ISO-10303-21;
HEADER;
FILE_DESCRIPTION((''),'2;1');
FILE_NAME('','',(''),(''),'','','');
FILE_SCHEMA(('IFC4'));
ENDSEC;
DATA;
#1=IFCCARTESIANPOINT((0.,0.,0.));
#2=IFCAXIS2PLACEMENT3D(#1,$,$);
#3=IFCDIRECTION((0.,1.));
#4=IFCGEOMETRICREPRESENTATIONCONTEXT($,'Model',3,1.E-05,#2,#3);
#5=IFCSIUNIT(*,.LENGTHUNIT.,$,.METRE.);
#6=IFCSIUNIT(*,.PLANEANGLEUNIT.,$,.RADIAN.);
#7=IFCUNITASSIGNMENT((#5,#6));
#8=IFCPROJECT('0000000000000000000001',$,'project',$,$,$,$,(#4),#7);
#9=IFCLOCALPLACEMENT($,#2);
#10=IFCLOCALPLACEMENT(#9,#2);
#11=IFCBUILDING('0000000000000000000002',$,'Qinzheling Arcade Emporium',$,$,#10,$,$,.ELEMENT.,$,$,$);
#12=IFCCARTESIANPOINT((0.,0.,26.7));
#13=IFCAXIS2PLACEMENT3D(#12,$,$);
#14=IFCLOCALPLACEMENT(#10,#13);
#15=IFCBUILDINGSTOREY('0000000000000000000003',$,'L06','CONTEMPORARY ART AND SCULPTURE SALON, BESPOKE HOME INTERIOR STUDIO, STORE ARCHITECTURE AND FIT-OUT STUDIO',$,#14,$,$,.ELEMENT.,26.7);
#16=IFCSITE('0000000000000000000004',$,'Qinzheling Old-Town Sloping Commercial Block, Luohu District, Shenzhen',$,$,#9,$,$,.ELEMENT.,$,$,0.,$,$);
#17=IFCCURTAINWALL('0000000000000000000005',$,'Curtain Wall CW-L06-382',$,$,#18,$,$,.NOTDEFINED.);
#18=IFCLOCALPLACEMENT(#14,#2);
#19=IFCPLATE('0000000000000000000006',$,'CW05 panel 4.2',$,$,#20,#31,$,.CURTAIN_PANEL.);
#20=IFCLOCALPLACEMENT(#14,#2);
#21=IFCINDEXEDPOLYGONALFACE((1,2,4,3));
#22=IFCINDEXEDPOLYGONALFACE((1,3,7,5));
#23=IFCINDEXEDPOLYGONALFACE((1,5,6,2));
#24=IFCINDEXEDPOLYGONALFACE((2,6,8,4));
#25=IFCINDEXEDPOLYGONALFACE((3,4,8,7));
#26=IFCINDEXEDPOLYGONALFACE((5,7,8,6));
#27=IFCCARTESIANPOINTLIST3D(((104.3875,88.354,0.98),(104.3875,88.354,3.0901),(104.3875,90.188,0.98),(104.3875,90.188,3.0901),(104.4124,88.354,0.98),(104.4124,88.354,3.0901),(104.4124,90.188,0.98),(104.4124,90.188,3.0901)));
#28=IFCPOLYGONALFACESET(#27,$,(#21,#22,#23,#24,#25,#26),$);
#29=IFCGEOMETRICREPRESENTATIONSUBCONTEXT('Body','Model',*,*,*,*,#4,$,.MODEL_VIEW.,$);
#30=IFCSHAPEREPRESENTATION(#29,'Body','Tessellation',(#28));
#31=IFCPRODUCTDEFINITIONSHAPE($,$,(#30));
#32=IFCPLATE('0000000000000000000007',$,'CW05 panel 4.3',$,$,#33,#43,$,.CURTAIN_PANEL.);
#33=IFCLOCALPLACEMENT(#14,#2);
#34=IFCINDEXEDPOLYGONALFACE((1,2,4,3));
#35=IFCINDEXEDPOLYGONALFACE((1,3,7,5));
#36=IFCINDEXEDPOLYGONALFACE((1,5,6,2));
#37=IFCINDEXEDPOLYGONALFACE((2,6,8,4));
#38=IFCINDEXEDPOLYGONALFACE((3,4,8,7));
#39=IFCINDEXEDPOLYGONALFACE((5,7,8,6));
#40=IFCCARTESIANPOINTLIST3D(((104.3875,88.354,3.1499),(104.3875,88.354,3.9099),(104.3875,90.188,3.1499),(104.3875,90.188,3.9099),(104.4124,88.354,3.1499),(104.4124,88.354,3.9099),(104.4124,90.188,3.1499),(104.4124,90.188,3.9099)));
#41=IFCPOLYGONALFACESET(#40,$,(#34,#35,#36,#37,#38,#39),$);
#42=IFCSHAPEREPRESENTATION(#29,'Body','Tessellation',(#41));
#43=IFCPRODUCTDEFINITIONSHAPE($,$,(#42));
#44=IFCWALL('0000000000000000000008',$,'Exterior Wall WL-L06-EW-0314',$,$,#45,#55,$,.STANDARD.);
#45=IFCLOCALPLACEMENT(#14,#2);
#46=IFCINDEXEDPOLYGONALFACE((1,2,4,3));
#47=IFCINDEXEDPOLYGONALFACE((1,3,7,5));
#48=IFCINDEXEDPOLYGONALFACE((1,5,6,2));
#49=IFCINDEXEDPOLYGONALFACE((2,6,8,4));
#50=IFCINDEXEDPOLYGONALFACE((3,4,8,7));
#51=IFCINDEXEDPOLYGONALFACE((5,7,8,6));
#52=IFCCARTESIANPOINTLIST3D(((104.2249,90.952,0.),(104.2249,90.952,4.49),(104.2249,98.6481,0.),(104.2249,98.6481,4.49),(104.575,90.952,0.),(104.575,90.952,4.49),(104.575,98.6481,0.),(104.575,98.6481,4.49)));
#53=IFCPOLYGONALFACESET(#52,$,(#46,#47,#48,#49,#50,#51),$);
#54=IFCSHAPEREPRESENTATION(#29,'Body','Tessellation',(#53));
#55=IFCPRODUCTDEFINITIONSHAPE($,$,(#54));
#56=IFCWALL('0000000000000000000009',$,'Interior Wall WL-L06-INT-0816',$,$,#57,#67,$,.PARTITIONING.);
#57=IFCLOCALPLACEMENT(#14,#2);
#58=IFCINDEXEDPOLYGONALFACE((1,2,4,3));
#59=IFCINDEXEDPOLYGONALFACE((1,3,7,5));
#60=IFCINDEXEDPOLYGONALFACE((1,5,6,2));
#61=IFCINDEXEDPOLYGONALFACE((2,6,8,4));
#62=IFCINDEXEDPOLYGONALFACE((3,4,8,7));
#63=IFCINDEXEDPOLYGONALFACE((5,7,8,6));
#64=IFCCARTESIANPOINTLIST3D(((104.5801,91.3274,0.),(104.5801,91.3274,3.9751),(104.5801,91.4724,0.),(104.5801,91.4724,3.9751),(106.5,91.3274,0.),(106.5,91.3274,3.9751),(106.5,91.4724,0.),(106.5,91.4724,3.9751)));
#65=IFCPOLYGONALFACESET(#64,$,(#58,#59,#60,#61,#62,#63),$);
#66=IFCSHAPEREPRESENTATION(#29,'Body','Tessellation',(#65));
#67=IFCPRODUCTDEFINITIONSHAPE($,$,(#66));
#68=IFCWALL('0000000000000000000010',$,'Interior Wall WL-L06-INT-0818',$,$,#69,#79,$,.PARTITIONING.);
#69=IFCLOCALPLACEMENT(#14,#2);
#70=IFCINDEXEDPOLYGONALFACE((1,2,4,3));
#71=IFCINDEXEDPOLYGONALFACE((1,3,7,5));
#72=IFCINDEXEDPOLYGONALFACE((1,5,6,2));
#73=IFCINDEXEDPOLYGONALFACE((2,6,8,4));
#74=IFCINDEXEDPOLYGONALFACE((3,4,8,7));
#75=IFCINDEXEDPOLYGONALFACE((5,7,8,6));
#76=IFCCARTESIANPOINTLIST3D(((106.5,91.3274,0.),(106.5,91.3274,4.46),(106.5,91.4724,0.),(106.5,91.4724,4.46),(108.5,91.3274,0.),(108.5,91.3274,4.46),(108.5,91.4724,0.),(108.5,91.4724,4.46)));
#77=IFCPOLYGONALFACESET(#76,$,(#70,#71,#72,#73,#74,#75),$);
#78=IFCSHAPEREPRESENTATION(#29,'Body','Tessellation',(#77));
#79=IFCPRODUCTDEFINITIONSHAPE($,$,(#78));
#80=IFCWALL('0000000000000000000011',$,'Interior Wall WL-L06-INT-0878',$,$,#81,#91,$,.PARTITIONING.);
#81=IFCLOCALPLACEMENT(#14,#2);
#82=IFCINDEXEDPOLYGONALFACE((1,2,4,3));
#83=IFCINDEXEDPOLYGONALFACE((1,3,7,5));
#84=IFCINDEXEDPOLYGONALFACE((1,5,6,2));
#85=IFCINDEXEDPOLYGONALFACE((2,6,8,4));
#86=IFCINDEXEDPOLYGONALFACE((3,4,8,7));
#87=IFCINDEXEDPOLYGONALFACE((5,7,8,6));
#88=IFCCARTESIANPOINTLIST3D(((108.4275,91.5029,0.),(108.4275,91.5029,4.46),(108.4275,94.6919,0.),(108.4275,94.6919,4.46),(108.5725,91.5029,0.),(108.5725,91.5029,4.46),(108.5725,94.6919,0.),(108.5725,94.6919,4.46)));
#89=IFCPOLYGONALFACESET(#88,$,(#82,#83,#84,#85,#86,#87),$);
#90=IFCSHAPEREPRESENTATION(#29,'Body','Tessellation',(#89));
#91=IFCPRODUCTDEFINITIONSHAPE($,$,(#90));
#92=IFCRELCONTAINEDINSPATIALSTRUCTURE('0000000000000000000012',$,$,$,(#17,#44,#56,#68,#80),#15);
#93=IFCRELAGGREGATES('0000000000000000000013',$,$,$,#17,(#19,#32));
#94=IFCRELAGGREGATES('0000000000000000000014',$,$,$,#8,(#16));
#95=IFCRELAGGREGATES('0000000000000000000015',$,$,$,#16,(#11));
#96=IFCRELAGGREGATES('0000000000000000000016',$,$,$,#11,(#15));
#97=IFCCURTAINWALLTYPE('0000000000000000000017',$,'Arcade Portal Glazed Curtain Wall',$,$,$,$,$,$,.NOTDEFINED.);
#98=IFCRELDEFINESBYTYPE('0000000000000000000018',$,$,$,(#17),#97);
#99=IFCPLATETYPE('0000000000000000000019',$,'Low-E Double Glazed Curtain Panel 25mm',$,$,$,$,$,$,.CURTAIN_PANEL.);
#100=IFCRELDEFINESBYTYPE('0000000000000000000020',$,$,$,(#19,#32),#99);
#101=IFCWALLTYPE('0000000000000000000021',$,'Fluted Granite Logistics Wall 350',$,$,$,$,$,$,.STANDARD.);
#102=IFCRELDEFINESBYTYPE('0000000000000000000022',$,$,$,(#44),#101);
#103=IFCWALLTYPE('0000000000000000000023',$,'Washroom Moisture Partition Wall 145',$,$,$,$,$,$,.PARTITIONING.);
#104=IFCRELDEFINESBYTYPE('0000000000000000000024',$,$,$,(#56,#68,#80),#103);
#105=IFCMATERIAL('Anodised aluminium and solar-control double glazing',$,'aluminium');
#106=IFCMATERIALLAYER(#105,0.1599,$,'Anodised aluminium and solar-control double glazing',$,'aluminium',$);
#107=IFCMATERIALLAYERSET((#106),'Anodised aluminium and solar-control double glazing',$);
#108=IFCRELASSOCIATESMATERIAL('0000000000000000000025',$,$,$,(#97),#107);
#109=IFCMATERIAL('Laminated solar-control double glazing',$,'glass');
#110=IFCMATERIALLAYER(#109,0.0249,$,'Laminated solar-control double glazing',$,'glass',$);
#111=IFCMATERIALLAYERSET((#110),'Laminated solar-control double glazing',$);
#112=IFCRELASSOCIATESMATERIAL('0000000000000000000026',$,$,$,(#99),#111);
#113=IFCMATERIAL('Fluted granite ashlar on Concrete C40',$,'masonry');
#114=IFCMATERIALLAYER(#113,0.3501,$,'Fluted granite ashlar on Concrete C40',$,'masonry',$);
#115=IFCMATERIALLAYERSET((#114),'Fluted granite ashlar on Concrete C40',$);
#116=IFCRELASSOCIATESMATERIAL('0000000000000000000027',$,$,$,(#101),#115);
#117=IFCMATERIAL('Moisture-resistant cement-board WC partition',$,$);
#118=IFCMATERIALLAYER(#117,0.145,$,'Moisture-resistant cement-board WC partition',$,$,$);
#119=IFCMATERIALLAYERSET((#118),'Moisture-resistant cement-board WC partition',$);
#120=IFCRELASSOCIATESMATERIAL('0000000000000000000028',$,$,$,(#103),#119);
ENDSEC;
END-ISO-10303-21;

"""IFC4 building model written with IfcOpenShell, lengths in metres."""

from ifc_helpers import new_model, si_unit, direction, frame, frame_2d, origin, origin_2d, place, context, subcontext, project, spatial, rectangle, extrude, material, layer, layer_set, type_object, element, aggregate, save


model = new_model("IFC4")

# Units and contexts
model_context = context("Model", 3, precision=1e-05, world=origin(), true_north=direction((0.0, 1.0)))
body_context = subcontext(model_context, "Body", "Model", "MODEL_VIEW")
ifc_project = project(units=[si_unit("LENGTHUNIT", "METRE"), si_unit("PLANEANGLEUNIT", "RADIAN")], contexts=[model_context])

# Site, building, storey
site_placement = place(None, origin())
site = spatial("IfcSite", under=ifc_project, at=site_placement, Name="Qinzheling Old-Town Sloping Commercial Block, Luohu District, Shenzhen", CompositionType="ELEMENT", RefElevation=0.0)
building_placement = place(site_placement, origin())
building = spatial("IfcBuilding", under=site, at=building_placement, Name="Qinzheling Arcade Emporium", CompositionType="ELEMENT")
storey_placement = place(building_placement, frame((0.0, 0.0, 26.7)))
storey = spatial("IfcBuildingStorey", under=building, at=storey_placement, Name="L06", Description="CONTEMPORARY ART AND SCULPTURE SALON, BESPOKE HOME INTERIOR STUDIO, STORE ARCHITECTURE AND FIT-OUT STUDIO", CompositionType="ELEMENT", Elevation=26.7)

# Curtain wall
ifc_material_1 = material(Name="Anodised aluminium and solar-control double glazing", Category="aluminium")
ifc_layer_1 = layer(ifc_material_1, 0.1599, Name="Anodised aluminium and solar-control double glazing", Category="aluminium")
ifc_layer_set_1 = layer_set([ifc_layer_1], Name="Anodised aluminium and solar-control double glazing")
curtain_wall_type = type_object("IfcCurtainWallType", Name="Arcade Portal Glazed Curtain Wall", PredefinedType="NOTDEFINED", material=ifc_layer_set_1)
curtain_wall_placement = place(storey_placement, origin())
curtain_wall = element("IfcCurtainWall", 1, at=curtain_wall_placement, inside=storey, type_object=curtain_wall_type, Name="Curtain Wall CW-L06-382", PredefinedType="NOTDEFINED")

# Plates
ifc_material_2 = material(Name="Laminated solar-control double glazing", Category="glass")
ifc_layer_2 = layer(ifc_material_2, 0.0249, Name="Laminated solar-control double glazing", Category="glass")
ifc_layer_set_2 = layer_set([ifc_layer_2], Name="Laminated solar-control double glazing")
plate_type = type_object("IfcPlateType", Name="Low-E Double Glazed Curtain Panel 25mm", PredefinedType="CURTAIN_PANEL", material=ifc_layer_set_2)
plate_1_placement = place(storey_placement, frame((104.3999, 89.271, 0.98), z_axis=(0.0, 0.0, 1.0), x_axis=(0.0, 1.0, 0.0)))
plate_1 = element("IfcPlate", 2, at=plate_1_placement, type_object=plate_type, Name="CW05 panel 4.2", PredefinedType="CURTAIN_PANEL", context=body_context, shape_type="SweptSolid", body=[
    extrude(rectangle(XDim=1.834, YDim=0.0249, at=origin_2d()), origin(), (0.0, 0.0, 1.0), 2.1101),
])
plate_2_placement = place(storey_placement, frame((104.3999, 89.271, 3.1499), z_axis=(0.0, 0.0, 1.0), x_axis=(0.0, 1.0, 0.0)))
plate_2 = element("IfcPlate", 3, at=plate_2_placement, type_object=plate_type, Name="CW05 panel 4.3", PredefinedType="CURTAIN_PANEL", context=body_context, shape_type="SweptSolid", body=[
    extrude(rectangle(XDim=1.834, YDim=0.0249, at=origin_2d()), origin(), (0.0, 0.0, 1.0), 0.76),
])
aggregate(curtain_wall, [plate_1, plate_2])

# Walls
ifc_material_3 = material(Name="Fluted granite ashlar on Concrete C40", Category="masonry")
ifc_layer_3 = layer(ifc_material_3, 0.3501, Name="Fluted granite ashlar on Concrete C40", Category="masonry")
ifc_layer_set_3 = layer_set([ifc_layer_3], Name="Fluted granite ashlar on Concrete C40")
wall_type_1 = type_object("IfcWallType", Name="Fluted Granite Logistics Wall 350", PredefinedType="STANDARD", material=ifc_layer_set_3)
wall_1_placement = place(storey_placement, frame((104.3999, 90.9519, 0.0), z_axis=(0.0, 0.0, 1.0), x_axis=(0.0, 1.0, 0.0)))
element("IfcWall", 4, at=wall_1_placement, inside=storey, type_object=wall_type_1, Name="Exterior Wall WL-L06-EW-0314", PredefinedType="STANDARD", context=body_context, shape_type="SweptSolid", body=[
    extrude(rectangle(XDim=7.696, YDim=0.3501, at=frame_2d((3.8481, 0.0))), origin(), (0.0, 0.0, 1.0), 4.49),
])
ifc_material_4 = material(Name="Moisture-resistant cement-board WC partition")
ifc_layer_4 = layer(ifc_material_4, 0.145, Name="Moisture-resistant cement-board WC partition")
ifc_layer_set_4 = layer_set([ifc_layer_4], Name="Moisture-resistant cement-board WC partition")
wall_type_2 = type_object("IfcWallType", Name="Washroom Moisture Partition Wall 145", PredefinedType="PARTITIONING", material=ifc_layer_set_4)
wall_2_placement = place(storey_placement, frame((106.5, 91.3999, 0.0), z_axis=(0.0, 0.0, 1.0), x_axis=(-1.0, 0.0, 0.0)))
element("IfcWall", 5, at=wall_2_placement, inside=storey, type_object=wall_type_2, Name="Interior Wall WL-L06-INT-0816", PredefinedType="PARTITIONING", context=body_context, shape_type="SweptSolid", body=[
    extrude(rectangle(XDim=1.9199, YDim=0.145, at=frame_2d((0.96, 0.0))), origin(), (0.0, 0.0, 1.0), 3.9751),
])
wall_3_placement = place(storey_placement, frame((108.5, 91.3999, 0.0), z_axis=(0.0, 0.0, 1.0), x_axis=(-1.0, 0.0, 0.0)))
element("IfcWall", 6, at=wall_3_placement, inside=storey, type_object=wall_type_2, Name="Interior Wall WL-L06-INT-0818", PredefinedType="PARTITIONING", context=body_context, shape_type="SweptSolid", body=[
    extrude(rectangle(XDim=2.0, YDim=0.145, at=frame_2d((1.0, 0.0))), origin(), (0.0, 0.0, 1.0), 4.46),
])
wall_4_placement = place(storey_placement, frame((108.5, 94.6919, 0.0), z_axis=(0.0, 0.0, 1.0), x_axis=(0.0, -1.0, 0.0)))
element("IfcWall", 7, at=wall_4_placement, inside=storey, type_object=wall_type_2, Name="Interior Wall WL-L06-INT-0878", PredefinedType="PARTITIONING", context=body_context, shape_type="SweptSolid", body=[
    extrude(rectangle(XDim=3.189, YDim=0.145, at=frame_2d((1.5945, 0.0))), origin(), (0.0, 0.0, 1.0), 4.46),
])

save(model, "model.ifc")
